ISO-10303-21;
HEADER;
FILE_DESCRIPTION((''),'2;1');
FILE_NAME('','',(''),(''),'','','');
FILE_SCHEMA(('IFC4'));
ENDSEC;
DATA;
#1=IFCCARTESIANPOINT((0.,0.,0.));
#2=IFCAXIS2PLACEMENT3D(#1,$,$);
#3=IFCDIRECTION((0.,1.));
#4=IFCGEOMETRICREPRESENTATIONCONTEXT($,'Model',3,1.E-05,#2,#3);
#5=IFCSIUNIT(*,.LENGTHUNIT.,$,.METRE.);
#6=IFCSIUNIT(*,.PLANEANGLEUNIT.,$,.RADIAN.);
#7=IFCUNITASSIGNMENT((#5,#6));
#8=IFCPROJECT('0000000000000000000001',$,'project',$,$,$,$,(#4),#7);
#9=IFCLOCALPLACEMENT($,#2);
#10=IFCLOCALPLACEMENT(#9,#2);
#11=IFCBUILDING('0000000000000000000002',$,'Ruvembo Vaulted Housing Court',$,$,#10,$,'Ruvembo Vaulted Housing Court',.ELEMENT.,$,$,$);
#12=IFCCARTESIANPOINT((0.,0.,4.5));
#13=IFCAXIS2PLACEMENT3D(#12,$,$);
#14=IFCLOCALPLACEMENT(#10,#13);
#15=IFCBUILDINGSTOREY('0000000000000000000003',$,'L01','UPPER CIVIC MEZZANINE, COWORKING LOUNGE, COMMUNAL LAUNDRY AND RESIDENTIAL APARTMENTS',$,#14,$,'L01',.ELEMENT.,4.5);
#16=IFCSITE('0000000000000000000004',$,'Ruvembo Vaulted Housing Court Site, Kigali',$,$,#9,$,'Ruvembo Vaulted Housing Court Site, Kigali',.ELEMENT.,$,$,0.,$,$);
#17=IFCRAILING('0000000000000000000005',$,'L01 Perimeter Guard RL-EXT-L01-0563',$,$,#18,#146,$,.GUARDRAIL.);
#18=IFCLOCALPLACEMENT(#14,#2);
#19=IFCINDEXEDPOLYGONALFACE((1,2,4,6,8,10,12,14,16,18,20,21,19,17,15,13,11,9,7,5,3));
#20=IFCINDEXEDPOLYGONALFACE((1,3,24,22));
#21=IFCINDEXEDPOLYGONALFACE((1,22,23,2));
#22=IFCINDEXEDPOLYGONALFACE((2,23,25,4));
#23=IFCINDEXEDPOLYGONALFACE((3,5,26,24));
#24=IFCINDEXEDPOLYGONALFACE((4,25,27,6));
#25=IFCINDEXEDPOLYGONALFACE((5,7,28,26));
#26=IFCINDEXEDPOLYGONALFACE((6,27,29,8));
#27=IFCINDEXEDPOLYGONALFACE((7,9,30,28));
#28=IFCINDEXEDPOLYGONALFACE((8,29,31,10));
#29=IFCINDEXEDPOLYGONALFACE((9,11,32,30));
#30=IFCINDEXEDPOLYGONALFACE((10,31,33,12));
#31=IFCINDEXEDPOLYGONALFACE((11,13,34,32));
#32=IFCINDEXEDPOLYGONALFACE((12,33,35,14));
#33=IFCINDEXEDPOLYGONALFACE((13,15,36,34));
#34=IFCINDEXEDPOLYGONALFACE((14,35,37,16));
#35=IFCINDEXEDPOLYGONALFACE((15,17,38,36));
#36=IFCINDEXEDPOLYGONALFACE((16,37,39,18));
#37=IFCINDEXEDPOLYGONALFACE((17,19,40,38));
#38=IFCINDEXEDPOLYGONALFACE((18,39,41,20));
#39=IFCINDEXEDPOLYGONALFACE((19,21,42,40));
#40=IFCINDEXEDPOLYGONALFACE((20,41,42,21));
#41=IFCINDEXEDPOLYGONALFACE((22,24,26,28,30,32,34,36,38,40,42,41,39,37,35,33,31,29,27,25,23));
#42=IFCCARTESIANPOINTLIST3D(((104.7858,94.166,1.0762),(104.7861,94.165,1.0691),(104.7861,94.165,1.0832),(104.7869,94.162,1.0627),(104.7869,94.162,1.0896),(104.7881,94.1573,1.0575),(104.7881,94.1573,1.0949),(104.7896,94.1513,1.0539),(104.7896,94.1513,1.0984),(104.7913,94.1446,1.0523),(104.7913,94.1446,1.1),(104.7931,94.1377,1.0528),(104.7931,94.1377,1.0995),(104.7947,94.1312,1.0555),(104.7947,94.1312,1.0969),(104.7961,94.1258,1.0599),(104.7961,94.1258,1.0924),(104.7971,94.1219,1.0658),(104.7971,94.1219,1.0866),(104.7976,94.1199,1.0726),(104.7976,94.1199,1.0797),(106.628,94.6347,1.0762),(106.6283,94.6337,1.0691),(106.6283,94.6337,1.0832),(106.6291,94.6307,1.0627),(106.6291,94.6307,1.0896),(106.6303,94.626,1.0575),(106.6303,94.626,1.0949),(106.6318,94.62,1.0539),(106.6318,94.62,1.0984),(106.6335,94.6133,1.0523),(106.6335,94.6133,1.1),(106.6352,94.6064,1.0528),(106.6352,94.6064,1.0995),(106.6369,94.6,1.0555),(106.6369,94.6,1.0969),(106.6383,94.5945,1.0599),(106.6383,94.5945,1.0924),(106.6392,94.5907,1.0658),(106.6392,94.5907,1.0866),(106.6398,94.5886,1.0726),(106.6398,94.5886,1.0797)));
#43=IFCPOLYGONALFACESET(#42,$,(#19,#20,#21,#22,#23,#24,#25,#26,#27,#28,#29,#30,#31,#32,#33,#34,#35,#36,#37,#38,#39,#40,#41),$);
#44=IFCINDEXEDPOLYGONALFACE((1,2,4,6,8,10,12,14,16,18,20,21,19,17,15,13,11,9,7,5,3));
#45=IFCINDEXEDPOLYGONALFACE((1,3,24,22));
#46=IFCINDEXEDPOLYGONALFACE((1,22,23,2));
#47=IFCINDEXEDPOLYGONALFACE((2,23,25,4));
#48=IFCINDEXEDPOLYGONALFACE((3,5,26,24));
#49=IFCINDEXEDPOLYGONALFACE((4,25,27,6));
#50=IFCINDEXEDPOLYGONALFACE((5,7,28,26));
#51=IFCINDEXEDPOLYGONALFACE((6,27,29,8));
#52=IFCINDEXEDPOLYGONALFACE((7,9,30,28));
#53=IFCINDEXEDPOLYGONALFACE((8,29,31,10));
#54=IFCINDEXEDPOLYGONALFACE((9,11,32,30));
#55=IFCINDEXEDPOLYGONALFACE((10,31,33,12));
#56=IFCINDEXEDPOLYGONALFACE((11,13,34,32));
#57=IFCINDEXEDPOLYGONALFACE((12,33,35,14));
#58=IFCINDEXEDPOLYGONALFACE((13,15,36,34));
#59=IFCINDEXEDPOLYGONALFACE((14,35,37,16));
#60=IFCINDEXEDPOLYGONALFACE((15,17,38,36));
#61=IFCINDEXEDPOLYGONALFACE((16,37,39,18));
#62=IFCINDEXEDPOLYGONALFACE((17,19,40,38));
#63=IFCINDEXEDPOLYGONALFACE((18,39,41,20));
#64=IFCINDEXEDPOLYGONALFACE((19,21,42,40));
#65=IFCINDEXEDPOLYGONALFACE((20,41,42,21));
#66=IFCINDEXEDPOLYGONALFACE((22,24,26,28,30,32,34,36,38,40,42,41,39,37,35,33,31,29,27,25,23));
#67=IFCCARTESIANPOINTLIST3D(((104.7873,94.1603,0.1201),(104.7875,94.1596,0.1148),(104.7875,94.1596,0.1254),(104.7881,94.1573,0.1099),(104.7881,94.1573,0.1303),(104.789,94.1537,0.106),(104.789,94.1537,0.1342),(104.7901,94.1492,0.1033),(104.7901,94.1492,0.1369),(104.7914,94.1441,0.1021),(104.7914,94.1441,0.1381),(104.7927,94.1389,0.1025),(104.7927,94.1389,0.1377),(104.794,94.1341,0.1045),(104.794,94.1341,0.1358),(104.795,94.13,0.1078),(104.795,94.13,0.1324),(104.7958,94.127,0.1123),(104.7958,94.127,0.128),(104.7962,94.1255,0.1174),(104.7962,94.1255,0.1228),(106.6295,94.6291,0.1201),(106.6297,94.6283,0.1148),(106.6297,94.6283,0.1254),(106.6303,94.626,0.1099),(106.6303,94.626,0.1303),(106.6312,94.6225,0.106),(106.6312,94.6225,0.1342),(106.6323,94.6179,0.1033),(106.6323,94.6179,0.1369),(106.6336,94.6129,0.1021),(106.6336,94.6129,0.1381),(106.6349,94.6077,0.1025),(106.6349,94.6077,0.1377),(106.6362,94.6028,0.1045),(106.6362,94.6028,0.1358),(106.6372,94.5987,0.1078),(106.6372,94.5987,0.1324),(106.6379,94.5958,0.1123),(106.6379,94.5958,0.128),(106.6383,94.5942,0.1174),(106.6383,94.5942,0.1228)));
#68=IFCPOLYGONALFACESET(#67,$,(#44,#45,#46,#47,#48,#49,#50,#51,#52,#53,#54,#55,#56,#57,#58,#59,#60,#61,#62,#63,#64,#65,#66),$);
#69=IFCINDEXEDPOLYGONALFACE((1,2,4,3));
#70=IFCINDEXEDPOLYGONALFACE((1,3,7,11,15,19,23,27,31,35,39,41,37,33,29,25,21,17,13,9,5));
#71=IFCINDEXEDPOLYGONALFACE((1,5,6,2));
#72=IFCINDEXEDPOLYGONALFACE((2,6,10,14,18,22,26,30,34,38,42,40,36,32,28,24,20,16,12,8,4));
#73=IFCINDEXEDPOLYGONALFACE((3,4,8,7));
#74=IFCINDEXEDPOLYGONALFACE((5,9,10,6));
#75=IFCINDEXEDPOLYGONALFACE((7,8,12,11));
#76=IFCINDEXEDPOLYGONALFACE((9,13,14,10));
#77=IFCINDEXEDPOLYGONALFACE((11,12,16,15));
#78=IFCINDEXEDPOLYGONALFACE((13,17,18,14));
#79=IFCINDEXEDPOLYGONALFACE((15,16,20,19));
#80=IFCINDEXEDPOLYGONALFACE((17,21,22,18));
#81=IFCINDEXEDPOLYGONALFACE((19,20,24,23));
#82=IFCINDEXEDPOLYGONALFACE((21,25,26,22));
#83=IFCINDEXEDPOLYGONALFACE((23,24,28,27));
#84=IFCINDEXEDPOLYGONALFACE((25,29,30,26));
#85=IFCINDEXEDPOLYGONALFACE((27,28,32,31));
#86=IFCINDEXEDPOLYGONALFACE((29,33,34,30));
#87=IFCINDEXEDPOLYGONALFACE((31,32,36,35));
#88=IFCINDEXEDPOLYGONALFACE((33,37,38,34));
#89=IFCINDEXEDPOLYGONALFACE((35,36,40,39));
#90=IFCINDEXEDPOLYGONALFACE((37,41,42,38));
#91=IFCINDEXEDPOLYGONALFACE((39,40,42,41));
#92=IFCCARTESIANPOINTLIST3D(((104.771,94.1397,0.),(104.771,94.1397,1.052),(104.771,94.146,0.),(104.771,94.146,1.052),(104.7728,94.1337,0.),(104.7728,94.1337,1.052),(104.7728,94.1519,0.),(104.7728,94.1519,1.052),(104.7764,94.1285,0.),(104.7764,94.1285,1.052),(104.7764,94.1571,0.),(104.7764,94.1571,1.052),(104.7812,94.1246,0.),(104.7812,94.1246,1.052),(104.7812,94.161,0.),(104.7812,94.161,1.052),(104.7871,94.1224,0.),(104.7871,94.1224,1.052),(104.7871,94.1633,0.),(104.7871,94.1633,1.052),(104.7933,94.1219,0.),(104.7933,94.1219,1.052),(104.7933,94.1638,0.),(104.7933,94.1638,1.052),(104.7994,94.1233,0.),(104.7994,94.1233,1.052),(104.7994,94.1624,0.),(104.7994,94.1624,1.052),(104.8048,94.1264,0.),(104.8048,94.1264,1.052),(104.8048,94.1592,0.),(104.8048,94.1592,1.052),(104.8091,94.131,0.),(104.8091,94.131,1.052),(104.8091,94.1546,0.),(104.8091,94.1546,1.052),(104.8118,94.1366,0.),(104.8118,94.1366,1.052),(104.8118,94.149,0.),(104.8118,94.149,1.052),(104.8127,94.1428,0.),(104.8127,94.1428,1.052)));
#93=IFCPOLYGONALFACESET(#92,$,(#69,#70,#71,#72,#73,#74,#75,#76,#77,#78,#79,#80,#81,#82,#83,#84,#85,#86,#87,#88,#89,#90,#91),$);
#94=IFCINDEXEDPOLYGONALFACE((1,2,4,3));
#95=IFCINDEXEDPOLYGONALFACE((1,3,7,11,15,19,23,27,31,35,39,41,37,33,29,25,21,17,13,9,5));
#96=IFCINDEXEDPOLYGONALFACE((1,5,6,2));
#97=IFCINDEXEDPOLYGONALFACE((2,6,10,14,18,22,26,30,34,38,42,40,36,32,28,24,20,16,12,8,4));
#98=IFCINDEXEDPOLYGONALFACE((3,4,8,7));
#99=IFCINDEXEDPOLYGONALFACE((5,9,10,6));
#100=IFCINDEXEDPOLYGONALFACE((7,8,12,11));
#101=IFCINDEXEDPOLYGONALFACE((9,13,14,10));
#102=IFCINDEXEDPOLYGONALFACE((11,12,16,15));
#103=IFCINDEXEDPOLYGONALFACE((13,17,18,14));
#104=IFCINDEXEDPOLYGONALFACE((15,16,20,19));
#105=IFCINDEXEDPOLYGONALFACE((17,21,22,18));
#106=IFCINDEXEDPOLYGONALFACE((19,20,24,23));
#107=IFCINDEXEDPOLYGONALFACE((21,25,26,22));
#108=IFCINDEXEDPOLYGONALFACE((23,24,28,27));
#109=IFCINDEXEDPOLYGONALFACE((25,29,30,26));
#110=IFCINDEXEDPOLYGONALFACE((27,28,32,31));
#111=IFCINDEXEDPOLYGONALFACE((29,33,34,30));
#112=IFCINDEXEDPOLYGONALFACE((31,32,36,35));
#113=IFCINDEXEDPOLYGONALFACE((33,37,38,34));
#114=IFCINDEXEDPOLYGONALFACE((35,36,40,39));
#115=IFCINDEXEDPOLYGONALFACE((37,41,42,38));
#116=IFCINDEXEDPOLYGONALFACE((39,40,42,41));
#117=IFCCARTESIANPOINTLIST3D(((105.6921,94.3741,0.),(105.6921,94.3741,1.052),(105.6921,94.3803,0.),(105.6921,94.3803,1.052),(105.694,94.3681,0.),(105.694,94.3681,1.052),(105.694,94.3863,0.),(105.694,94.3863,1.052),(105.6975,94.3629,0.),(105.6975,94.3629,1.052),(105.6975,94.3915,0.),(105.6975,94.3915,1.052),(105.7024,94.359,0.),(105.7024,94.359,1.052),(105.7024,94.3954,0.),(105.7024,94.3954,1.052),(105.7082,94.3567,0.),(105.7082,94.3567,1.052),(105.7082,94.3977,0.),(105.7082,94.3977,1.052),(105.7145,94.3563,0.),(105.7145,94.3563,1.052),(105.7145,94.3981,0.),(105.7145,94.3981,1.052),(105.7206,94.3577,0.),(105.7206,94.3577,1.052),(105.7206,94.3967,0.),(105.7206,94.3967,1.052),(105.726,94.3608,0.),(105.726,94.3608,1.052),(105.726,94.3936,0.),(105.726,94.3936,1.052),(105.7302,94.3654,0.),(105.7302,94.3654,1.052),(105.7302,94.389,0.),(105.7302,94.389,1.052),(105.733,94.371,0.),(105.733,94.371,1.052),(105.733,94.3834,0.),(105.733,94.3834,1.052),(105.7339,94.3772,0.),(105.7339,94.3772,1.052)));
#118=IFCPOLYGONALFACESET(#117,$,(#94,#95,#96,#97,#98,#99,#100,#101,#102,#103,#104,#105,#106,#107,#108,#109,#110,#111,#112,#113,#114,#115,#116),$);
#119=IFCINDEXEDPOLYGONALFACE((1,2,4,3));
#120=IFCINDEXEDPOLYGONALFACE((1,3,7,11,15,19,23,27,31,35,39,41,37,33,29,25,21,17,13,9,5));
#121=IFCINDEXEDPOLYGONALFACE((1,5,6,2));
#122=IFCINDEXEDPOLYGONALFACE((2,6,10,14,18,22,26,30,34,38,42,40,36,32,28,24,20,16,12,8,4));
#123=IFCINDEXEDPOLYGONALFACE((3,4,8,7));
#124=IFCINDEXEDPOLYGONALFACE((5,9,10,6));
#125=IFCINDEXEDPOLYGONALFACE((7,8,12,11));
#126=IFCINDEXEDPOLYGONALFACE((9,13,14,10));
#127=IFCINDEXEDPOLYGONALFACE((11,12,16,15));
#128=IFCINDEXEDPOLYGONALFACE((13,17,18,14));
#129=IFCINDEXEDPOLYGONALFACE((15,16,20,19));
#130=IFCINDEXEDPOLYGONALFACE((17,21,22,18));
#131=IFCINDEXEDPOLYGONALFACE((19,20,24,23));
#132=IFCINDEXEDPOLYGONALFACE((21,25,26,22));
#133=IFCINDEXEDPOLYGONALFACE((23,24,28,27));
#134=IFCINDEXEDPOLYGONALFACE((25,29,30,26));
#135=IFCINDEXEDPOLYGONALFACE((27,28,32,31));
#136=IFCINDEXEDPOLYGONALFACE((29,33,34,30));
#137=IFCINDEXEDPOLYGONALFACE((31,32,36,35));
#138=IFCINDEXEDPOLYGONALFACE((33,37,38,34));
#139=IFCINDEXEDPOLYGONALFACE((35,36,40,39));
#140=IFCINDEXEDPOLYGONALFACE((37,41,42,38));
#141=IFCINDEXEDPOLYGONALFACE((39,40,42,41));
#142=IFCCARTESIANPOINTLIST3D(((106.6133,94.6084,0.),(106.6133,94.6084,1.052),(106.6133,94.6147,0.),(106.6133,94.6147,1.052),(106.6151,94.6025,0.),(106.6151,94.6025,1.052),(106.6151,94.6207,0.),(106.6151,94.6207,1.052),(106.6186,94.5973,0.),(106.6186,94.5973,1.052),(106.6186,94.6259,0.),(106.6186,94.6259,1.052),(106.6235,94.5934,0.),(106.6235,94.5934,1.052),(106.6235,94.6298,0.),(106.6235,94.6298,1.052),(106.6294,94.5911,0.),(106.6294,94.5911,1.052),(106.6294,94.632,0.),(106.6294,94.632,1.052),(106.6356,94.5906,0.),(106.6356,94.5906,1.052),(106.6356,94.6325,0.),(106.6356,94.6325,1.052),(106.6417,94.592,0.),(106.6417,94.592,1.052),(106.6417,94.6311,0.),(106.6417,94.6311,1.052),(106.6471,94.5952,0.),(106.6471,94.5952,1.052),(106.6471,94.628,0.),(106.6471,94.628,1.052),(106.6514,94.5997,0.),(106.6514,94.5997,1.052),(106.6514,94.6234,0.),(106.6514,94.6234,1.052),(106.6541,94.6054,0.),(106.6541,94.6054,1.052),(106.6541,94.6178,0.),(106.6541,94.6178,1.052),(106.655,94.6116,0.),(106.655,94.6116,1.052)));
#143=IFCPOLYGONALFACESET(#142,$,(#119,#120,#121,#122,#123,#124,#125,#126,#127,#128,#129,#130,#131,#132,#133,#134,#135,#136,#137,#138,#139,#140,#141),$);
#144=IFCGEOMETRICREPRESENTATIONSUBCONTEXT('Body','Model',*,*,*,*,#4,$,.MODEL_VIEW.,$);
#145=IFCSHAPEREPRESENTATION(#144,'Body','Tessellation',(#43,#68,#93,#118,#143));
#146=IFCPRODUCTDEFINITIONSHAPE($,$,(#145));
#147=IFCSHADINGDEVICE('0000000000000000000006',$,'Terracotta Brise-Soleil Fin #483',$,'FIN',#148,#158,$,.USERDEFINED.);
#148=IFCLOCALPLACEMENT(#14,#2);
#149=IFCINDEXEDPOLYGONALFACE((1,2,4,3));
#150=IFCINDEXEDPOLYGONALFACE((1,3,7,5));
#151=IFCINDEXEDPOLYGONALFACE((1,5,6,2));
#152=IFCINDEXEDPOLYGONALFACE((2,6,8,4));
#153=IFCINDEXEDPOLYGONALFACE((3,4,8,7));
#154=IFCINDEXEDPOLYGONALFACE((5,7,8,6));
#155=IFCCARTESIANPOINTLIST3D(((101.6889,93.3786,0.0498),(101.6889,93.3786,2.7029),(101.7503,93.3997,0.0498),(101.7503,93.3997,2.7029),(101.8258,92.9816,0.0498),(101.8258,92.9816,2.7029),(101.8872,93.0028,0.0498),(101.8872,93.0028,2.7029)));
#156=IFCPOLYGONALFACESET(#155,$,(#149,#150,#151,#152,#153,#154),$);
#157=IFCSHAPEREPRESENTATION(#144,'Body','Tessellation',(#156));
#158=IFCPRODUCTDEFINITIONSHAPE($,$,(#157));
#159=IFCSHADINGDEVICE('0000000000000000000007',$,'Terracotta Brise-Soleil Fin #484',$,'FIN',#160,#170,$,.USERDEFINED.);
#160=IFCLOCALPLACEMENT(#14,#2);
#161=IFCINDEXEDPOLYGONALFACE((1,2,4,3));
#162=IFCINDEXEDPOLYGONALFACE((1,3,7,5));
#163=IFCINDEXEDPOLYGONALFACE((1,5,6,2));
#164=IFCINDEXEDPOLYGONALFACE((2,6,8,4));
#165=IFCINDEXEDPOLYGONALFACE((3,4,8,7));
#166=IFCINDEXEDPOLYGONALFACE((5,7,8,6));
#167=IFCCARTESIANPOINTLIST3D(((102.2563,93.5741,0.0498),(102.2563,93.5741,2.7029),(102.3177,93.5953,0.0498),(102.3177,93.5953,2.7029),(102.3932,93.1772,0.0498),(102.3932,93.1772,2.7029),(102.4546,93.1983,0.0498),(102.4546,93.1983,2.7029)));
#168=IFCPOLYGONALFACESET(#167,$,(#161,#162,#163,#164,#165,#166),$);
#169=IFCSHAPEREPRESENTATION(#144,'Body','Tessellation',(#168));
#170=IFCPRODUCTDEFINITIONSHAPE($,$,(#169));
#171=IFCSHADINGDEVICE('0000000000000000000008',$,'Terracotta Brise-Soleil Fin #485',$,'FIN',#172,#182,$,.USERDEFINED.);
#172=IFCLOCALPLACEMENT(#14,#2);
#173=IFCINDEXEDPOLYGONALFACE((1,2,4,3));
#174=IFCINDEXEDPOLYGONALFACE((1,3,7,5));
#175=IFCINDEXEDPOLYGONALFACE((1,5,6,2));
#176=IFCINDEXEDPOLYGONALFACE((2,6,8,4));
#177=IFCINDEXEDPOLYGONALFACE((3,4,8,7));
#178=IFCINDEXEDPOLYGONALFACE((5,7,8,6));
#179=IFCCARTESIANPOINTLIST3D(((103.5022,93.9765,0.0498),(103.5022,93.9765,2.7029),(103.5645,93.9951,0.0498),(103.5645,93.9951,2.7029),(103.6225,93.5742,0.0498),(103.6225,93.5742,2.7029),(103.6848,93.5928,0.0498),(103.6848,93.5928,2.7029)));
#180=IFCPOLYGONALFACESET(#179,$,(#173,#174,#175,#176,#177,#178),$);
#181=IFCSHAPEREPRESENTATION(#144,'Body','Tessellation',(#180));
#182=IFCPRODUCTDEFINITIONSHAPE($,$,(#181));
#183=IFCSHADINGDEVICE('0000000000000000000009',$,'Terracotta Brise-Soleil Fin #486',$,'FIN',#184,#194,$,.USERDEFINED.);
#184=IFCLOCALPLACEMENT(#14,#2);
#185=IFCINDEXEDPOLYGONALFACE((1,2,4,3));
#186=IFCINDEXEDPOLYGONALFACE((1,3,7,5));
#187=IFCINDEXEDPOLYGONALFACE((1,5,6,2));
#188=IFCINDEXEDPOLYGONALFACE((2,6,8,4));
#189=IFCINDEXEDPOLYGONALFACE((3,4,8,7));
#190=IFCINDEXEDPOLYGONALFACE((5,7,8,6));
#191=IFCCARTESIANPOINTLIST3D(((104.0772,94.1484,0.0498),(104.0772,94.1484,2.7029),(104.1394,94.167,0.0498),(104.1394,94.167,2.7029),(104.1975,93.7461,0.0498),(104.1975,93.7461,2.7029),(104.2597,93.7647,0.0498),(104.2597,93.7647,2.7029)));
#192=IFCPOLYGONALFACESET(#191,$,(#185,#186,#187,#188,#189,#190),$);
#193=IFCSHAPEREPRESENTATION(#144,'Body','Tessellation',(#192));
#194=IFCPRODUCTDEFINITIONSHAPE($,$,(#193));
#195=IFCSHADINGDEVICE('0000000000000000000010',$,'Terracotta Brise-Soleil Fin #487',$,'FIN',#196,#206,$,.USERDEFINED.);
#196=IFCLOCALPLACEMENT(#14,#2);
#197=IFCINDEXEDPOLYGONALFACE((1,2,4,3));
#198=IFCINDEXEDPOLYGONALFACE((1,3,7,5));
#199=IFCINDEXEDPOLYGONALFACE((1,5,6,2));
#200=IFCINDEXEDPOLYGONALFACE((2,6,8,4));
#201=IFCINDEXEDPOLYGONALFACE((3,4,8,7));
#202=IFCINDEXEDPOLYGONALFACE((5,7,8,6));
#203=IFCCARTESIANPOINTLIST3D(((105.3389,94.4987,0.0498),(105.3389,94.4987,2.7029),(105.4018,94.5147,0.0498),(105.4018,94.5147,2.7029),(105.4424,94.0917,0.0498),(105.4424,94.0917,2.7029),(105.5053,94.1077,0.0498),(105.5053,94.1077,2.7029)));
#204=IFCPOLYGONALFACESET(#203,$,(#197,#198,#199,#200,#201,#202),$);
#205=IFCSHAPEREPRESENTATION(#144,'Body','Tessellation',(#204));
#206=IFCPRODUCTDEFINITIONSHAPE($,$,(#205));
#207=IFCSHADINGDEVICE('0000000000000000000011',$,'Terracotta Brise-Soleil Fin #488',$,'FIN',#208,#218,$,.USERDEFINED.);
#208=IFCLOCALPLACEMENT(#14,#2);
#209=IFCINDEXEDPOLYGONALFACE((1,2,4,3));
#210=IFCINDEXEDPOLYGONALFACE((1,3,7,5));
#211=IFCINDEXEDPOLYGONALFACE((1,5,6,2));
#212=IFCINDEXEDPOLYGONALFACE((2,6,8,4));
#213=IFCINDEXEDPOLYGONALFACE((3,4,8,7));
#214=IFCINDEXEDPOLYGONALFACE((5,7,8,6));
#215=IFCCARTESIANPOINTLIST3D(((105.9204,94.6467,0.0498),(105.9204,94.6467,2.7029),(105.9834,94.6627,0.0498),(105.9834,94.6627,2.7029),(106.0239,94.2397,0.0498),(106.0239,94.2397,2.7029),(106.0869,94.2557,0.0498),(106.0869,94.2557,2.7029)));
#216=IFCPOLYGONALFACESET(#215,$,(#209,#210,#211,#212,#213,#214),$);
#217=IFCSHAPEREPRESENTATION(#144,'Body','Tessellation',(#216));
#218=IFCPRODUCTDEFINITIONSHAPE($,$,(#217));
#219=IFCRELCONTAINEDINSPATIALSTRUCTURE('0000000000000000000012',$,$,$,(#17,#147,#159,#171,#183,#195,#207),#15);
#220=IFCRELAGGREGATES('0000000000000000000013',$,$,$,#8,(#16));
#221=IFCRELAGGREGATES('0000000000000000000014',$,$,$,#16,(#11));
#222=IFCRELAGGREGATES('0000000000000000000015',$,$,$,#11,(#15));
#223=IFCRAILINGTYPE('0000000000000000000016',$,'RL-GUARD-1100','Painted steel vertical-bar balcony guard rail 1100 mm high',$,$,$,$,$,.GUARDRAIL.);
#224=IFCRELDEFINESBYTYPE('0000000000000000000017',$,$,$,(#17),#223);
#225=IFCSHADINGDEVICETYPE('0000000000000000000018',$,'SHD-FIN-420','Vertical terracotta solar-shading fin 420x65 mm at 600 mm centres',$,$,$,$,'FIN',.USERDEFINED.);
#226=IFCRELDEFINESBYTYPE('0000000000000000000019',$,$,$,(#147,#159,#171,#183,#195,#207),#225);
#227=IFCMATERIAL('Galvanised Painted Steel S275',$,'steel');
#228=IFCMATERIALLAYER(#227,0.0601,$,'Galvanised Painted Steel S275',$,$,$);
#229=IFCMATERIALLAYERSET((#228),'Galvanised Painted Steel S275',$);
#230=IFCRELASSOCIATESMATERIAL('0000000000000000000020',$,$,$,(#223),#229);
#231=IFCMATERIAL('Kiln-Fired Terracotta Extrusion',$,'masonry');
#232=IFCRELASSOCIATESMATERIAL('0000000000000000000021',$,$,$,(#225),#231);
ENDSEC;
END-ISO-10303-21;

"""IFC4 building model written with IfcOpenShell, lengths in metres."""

from ifc_helpers import new_model, si_unit, direction, frame, origin, origin_2d, place, context, subcontext, project, spatial, rectangle, circle, extrude, material, layer, layer_set, type_object, element, save


model = new_model("IFC4")

# Units and contexts
model_context = context("Model", 3, precision=1e-05, world=origin(), true_north=direction((0.0, 1.0)))
body_context = subcontext(model_context, "Body", "Model", "MODEL_VIEW")
ifc_project = project(units=[si_unit("LENGTHUNIT", "METRE"), si_unit("PLANEANGLEUNIT", "RADIAN")], contexts=[model_context])

# Site, building, storey
site_placement = place(None, origin())
site = spatial("IfcSite", under=ifc_project, at=site_placement, Name="Ruvembo Vaulted Housing Court Site, Kigali", LongName="Ruvembo Vaulted Housing Court Site, Kigali", CompositionType="ELEMENT", RefElevation=0.0)
building_placement = place(site_placement, origin())
building = spatial("IfcBuilding", under=site, at=building_placement, Name="Ruvembo Vaulted Housing Court", LongName="Ruvembo Vaulted Housing Court", CompositionType="ELEMENT")
storey_placement = place(building_placement, frame((0.0, 0.0, 4.5)))
storey = spatial("IfcBuildingStorey", under=building, at=storey_placement, Name="L01", Description="UPPER CIVIC MEZZANINE, COWORKING LOUNGE, COMMUNAL LAUNDRY AND RESIDENTIAL APARTMENTS", LongName="L01", CompositionType="ELEMENT", Elevation=4.5)

# Railing
ifc_material_1 = material(Name="Galvanised Painted Steel S275", Category="steel")
ifc_layer = layer(ifc_material_1, 0.0601, Name="Galvanised Painted Steel S275")
ifc_layer_set = layer_set([ifc_layer], Name="Galvanised Painted Steel S275")
railing_type = type_object("IfcRailingType", Name="RL-GUARD-1100", Description="Painted steel vertical-bar balcony guard rail 1100 mm high", PredefinedType="GUARDRAIL", material=ifc_layer_set)
railing_1_placement = place(storey_placement, frame((104.7917, 94.1428, 0.0)))
element("IfcRailing", 1, at=railing_1_placement, inside=storey, type_object=railing_type, Name="L01 Perimeter Guard RL-EXT-L01-0563", PredefinedType="GUARDRAIL", context=body_context, shape_type="SweptSolid", body=[
    extrude(circle(Radius=0.0239, at=origin_2d()), frame((0.0, 0.0, 1.0762), z_axis=(0.969122, 0.246583, 0.0), x_axis=(-0.246583, 0.969122, 0.0)), (0.0, 0.0, 1.0), 1.9009),
    extrude(circle(Radius=0.0181, at=origin_2d()), frame((0.0, 0.0, 0.1201), z_axis=(0.969122, 0.246583, 0.0), x_axis=(-0.246583, 0.969122, 0.0)), (0.0, 0.0, 1.0), 1.9009),
    extrude(circle(Radius=0.021, at=origin_2d()), origin(), (0.0, 0.0, 1.0), 1.052),
    extrude(circle(Radius=0.021, at=origin_2d()), frame((0.9211, 0.2344, 0.0)), (0.0, 0.0, 1.0), 1.052),
    extrude(circle(Radius=0.021, at=origin_2d()), frame((1.8423, 0.4688, 0.0)), (0.0, 0.0, 1.0), 1.052),
])

# Shading devices
ifc_material_2 = material(Name="Kiln-Fired Terracotta Extrusion", Category="masonry")
shading_device_type = type_object("IfcShadingDeviceType", Name="SHD-FIN-420", Description="Vertical terracotta solar-shading fin 420x65 mm at 600 mm centres", ElementType="FIN", PredefinedType="USERDEFINED", material=ifc_material_2)
for number, where, z_axis, x_axis, name in (
    (2, (101.7881, 93.1907, 0.0498), (0.0, 0.0, 1.0), (0.32603, -0.945359, 0.0), "Terracotta Brise-Soleil Fin #483"),
    (3, (102.3555, 93.3862, 0.0498), (0.0, 0.0, 1.0), (0.32603, -0.945359, 0.0), "Terracotta Brise-Soleil Fin #484"),
    (4, (103.5935, 93.7847, 0.0498), (0.0, 0.0, 1.0), (0.286491, -0.958083, 0.0), "Terracotta Brise-Soleil Fin #485"),
    (5, (104.1685, 93.9565, 0.0498), (0.0, 0.0, 1.0), (0.286491, -0.958083, 0.0), "Terracotta Brise-Soleil Fin #486"),
    (6, (105.4221, 94.3032, 0.0498), (0.0, 0.0, 1.0), (0.246492, -0.969145, 0.0), "Terracotta Brise-Soleil Fin #487"),
    (7, (106.0037, 94.4512, 0.0498), (0.0, 0.0, 1.0), (0.246492, -0.969145, 0.0), "Terracotta Brise-Soleil Fin #488"),
):
    element("IfcShadingDevice", number, at=place(storey_placement, frame(where, z_axis=z_axis, x_axis=x_axis)), inside=storey, type_object=shading_device_type, Name=name, ObjectType="FIN", PredefinedType="USERDEFINED", context=body_context, shape_type="SweptSolid", body=[
        extrude(rectangle(XDim=0.4199, YDim=0.0649, at=origin_2d()), origin(), (0.0, 0.0, 1.0), 2.6531),
    ])

save(model, "model.ifc")
